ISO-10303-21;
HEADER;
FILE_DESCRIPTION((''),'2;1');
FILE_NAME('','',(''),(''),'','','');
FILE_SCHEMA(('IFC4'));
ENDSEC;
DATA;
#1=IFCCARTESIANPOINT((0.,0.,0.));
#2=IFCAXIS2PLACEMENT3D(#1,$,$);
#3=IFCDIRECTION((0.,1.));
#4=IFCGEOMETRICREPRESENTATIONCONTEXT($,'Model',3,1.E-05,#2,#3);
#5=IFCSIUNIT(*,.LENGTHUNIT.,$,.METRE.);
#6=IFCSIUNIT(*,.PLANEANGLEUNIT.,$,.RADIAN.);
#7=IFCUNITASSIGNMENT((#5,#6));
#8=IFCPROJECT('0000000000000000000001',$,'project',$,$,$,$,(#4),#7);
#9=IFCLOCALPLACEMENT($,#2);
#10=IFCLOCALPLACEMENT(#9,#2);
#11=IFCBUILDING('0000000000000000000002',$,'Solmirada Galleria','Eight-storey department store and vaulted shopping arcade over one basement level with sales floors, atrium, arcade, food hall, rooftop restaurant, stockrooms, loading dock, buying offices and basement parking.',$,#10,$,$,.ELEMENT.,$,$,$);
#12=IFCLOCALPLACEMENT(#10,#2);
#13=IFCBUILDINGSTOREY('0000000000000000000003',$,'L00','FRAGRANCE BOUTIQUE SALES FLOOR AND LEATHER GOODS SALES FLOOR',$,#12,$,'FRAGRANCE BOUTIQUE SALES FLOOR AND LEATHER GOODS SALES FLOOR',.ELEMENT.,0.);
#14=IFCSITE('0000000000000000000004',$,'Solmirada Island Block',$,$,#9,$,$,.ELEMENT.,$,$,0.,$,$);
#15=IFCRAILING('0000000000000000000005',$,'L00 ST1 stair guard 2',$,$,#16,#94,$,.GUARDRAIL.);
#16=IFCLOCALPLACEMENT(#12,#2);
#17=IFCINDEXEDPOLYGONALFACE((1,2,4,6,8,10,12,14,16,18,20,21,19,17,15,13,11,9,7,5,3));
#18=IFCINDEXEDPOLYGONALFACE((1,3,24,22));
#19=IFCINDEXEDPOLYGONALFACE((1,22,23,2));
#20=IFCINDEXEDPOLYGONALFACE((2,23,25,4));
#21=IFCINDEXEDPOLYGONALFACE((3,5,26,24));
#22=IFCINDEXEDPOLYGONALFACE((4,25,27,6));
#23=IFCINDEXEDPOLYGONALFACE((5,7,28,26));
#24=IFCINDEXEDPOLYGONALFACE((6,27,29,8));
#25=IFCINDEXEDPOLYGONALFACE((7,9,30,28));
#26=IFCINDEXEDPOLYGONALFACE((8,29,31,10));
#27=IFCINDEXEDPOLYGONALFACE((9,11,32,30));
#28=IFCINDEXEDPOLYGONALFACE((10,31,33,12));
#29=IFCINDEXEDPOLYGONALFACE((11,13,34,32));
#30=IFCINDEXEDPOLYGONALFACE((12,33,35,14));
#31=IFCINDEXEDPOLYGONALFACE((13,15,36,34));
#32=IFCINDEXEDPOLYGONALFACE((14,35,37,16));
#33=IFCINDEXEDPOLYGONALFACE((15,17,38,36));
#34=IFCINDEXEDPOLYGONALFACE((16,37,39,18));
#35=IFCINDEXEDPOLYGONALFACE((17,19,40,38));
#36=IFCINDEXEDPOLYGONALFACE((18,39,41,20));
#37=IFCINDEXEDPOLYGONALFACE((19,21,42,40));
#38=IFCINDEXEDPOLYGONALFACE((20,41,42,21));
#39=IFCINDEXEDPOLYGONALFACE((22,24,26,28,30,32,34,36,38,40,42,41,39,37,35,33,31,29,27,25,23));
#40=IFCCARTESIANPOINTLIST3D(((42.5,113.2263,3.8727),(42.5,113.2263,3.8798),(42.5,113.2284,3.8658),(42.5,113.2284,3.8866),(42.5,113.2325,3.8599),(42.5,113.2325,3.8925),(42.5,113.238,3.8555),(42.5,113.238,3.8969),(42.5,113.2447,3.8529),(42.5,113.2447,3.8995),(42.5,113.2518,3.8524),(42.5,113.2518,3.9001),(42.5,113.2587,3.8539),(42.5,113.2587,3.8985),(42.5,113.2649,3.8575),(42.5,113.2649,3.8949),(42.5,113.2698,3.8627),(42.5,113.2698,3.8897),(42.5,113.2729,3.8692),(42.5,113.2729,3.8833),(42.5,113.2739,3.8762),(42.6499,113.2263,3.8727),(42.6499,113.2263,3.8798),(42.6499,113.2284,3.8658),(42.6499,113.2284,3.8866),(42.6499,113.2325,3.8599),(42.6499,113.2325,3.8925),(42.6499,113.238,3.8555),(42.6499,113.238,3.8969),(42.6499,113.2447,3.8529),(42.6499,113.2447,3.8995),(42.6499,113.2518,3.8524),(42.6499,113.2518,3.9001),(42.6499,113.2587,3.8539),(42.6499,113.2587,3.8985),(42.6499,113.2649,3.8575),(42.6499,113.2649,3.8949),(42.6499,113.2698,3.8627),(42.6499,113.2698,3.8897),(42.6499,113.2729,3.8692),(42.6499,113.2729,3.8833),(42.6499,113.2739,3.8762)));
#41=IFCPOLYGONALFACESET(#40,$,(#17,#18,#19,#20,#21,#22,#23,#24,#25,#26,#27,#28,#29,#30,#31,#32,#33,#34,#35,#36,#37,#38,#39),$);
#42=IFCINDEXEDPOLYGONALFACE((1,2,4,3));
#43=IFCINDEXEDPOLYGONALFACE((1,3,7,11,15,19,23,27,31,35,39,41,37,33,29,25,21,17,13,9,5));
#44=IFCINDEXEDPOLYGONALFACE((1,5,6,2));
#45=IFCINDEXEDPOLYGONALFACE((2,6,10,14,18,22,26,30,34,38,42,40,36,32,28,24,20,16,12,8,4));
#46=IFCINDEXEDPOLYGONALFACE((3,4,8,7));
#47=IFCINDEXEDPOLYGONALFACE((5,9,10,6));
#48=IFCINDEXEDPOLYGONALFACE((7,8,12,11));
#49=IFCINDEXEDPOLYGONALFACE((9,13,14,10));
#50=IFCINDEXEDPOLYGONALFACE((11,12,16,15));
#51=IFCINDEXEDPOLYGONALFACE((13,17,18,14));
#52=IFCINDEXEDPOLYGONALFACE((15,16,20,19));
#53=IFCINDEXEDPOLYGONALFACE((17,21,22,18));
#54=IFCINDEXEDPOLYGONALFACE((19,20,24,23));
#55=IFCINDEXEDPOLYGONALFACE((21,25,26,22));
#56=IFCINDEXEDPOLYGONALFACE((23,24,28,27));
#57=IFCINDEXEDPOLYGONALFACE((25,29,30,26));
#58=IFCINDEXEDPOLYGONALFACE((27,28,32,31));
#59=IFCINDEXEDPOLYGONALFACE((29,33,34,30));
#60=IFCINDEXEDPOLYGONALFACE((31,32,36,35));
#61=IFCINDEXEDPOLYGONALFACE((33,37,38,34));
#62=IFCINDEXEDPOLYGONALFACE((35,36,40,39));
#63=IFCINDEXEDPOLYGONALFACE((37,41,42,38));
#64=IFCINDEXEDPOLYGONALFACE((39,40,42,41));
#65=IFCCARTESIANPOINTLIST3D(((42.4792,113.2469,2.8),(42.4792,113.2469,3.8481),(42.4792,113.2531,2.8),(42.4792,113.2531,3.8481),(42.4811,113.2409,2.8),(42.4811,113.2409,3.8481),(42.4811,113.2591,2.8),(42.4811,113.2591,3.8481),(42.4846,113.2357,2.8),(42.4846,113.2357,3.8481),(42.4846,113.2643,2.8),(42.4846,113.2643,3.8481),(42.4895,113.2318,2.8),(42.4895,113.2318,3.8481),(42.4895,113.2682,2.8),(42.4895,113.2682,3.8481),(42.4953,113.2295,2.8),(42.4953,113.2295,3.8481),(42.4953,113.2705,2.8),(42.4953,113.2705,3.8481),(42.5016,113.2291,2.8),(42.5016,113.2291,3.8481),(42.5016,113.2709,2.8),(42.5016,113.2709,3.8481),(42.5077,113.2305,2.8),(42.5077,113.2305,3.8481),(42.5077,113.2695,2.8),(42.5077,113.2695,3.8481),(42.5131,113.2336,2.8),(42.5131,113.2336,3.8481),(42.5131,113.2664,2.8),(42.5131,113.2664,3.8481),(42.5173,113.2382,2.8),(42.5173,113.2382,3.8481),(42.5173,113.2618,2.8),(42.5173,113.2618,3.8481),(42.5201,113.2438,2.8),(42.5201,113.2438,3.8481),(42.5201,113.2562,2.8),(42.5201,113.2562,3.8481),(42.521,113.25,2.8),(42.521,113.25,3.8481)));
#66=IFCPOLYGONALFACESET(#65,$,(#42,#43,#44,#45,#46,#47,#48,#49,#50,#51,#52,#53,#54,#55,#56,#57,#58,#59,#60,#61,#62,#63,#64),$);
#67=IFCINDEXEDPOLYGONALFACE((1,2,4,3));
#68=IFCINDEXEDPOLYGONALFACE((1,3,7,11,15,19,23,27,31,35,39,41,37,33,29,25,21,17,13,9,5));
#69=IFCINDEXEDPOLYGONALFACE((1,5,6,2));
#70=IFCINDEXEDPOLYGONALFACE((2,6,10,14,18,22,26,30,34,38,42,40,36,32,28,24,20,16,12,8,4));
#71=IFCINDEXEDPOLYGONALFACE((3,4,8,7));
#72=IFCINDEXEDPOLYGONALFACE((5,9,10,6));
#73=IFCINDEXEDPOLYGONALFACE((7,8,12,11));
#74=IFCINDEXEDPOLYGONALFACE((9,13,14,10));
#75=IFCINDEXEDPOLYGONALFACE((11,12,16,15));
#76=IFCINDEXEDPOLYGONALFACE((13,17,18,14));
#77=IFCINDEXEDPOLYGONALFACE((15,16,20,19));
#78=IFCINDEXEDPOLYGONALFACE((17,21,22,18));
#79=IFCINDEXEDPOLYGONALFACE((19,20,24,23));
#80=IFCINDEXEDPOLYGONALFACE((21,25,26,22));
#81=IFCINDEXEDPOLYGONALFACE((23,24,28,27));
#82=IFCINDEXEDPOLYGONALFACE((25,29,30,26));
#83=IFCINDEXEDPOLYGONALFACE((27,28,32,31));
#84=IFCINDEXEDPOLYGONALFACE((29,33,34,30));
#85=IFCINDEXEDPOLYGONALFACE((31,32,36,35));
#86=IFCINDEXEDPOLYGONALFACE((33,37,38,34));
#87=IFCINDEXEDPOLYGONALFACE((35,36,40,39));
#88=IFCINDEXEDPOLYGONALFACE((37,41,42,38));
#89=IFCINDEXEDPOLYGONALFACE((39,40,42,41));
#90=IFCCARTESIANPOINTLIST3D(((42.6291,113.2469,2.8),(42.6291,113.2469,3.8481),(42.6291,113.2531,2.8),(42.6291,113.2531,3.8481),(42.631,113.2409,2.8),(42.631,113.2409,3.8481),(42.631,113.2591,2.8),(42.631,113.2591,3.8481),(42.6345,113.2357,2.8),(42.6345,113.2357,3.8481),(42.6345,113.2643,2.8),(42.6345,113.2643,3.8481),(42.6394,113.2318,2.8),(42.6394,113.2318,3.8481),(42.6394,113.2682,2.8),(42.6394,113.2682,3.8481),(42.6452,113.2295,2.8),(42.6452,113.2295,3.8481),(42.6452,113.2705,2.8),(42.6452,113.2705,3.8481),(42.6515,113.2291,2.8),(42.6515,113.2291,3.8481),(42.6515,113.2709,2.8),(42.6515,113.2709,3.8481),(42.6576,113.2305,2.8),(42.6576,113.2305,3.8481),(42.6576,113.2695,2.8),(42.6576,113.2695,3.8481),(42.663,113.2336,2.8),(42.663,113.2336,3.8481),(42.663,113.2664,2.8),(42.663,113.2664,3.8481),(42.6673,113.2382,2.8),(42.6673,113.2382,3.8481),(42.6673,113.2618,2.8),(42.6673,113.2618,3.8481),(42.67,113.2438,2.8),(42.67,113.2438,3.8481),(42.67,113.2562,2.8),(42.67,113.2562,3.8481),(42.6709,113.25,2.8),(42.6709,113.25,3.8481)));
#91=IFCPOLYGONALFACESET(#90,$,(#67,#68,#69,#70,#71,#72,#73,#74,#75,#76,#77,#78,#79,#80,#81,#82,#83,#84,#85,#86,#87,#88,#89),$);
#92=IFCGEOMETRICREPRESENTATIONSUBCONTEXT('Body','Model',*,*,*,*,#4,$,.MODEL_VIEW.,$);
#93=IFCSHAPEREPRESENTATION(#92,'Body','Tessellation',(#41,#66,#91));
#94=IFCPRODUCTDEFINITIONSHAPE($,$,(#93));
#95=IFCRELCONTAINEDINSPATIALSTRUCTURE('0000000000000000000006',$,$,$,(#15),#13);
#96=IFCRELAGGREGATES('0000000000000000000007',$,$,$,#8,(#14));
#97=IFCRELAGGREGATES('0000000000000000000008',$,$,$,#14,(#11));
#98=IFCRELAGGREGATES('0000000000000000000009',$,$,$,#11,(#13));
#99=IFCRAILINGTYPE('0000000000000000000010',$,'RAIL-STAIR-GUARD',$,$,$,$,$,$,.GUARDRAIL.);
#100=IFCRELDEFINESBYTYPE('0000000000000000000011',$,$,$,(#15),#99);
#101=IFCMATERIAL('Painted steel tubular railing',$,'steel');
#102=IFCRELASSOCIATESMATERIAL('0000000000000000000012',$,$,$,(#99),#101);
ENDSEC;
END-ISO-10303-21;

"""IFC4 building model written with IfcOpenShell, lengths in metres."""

from ifc_helpers import new_model, si_unit, direction, frame, origin, origin_2d, place, context, subcontext, project, spatial, circle, extrude, material, type_object, element, save


model = new_model("IFC4")

# Units and contexts
model_context = context("Model", 3, precision=1e-05, world=origin(), true_north=direction((0.0, 1.0)))
body_context = subcontext(model_context, "Body", "Model", "MODEL_VIEW")
ifc_project = project(units=[si_unit("LENGTHUNIT", "METRE"), si_unit("PLANEANGLEUNIT", "RADIAN")], contexts=[model_context])

# Site, building, storey
site_placement = place(None, origin())
site = spatial("IfcSite", under=ifc_project, at=site_placement, Name="Solmirada Island Block", CompositionType="ELEMENT", RefElevation=0.0)
building_placement = place(site_placement, origin())
building = spatial("IfcBuilding", under=site, at=building_placement, Name="Solmirada Galleria", Description="Eight-storey department store and vaulted shopping arcade over one basement level with sales floors, atrium, arcade, food hall, rooftop restaurant, stockrooms, loading dock, buying offices and basement parking.", CompositionType="ELEMENT")
storey_placement = place(building_placement, origin())
storey = spatial("IfcBuildingStorey", under=building, at=storey_placement, Name="L00", Description="FRAGRANCE BOUTIQUE SALES FLOOR AND LEATHER GOODS SALES FLOOR", LongName="FRAGRANCE BOUTIQUE SALES FLOOR AND LEATHER GOODS SALES FLOOR", CompositionType="ELEMENT", Elevation=0.0)

# Railing
ifc_material_1 = material(Name="Painted steel tubular railing", Category="steel")
railing_type_1 = type_object("IfcRailingType", Name="RAIL-STAIR-GUARD", PredefinedType="GUARDRAIL", material=ifc_material_1)
railing_1_placement = place(storey_placement, frame((42.5, 113.25, 2.8)))
element("IfcRailing", 1, at=railing_1_placement, inside=storey, type_object=railing_type_1, Name="L00 ST1 stair guard 2", PredefinedType="GUARDRAIL", context=body_context, shape_type="SweptSolid", body=[
    extrude(circle(Radius=0.0239, at=origin_2d()), frame((0.0, 0.0, 1.0762), z_axis=(1.0, 0.0, 0.0), x_axis=(0.0, 1.0, 0.0)), (0.0, 0.0, 1.0), 0.1499),
    extrude(circle(Radius=0.021, at=origin_2d()), origin(), (0.0, 0.0, 1.0), 1.0481),
    extrude(circle(Radius=0.021, at=origin_2d()), frame((0.1499, 0.0, 0.0)), (0.0, 0.0, 1.0), 1.0481),
])

save(model, "model.ifc")
